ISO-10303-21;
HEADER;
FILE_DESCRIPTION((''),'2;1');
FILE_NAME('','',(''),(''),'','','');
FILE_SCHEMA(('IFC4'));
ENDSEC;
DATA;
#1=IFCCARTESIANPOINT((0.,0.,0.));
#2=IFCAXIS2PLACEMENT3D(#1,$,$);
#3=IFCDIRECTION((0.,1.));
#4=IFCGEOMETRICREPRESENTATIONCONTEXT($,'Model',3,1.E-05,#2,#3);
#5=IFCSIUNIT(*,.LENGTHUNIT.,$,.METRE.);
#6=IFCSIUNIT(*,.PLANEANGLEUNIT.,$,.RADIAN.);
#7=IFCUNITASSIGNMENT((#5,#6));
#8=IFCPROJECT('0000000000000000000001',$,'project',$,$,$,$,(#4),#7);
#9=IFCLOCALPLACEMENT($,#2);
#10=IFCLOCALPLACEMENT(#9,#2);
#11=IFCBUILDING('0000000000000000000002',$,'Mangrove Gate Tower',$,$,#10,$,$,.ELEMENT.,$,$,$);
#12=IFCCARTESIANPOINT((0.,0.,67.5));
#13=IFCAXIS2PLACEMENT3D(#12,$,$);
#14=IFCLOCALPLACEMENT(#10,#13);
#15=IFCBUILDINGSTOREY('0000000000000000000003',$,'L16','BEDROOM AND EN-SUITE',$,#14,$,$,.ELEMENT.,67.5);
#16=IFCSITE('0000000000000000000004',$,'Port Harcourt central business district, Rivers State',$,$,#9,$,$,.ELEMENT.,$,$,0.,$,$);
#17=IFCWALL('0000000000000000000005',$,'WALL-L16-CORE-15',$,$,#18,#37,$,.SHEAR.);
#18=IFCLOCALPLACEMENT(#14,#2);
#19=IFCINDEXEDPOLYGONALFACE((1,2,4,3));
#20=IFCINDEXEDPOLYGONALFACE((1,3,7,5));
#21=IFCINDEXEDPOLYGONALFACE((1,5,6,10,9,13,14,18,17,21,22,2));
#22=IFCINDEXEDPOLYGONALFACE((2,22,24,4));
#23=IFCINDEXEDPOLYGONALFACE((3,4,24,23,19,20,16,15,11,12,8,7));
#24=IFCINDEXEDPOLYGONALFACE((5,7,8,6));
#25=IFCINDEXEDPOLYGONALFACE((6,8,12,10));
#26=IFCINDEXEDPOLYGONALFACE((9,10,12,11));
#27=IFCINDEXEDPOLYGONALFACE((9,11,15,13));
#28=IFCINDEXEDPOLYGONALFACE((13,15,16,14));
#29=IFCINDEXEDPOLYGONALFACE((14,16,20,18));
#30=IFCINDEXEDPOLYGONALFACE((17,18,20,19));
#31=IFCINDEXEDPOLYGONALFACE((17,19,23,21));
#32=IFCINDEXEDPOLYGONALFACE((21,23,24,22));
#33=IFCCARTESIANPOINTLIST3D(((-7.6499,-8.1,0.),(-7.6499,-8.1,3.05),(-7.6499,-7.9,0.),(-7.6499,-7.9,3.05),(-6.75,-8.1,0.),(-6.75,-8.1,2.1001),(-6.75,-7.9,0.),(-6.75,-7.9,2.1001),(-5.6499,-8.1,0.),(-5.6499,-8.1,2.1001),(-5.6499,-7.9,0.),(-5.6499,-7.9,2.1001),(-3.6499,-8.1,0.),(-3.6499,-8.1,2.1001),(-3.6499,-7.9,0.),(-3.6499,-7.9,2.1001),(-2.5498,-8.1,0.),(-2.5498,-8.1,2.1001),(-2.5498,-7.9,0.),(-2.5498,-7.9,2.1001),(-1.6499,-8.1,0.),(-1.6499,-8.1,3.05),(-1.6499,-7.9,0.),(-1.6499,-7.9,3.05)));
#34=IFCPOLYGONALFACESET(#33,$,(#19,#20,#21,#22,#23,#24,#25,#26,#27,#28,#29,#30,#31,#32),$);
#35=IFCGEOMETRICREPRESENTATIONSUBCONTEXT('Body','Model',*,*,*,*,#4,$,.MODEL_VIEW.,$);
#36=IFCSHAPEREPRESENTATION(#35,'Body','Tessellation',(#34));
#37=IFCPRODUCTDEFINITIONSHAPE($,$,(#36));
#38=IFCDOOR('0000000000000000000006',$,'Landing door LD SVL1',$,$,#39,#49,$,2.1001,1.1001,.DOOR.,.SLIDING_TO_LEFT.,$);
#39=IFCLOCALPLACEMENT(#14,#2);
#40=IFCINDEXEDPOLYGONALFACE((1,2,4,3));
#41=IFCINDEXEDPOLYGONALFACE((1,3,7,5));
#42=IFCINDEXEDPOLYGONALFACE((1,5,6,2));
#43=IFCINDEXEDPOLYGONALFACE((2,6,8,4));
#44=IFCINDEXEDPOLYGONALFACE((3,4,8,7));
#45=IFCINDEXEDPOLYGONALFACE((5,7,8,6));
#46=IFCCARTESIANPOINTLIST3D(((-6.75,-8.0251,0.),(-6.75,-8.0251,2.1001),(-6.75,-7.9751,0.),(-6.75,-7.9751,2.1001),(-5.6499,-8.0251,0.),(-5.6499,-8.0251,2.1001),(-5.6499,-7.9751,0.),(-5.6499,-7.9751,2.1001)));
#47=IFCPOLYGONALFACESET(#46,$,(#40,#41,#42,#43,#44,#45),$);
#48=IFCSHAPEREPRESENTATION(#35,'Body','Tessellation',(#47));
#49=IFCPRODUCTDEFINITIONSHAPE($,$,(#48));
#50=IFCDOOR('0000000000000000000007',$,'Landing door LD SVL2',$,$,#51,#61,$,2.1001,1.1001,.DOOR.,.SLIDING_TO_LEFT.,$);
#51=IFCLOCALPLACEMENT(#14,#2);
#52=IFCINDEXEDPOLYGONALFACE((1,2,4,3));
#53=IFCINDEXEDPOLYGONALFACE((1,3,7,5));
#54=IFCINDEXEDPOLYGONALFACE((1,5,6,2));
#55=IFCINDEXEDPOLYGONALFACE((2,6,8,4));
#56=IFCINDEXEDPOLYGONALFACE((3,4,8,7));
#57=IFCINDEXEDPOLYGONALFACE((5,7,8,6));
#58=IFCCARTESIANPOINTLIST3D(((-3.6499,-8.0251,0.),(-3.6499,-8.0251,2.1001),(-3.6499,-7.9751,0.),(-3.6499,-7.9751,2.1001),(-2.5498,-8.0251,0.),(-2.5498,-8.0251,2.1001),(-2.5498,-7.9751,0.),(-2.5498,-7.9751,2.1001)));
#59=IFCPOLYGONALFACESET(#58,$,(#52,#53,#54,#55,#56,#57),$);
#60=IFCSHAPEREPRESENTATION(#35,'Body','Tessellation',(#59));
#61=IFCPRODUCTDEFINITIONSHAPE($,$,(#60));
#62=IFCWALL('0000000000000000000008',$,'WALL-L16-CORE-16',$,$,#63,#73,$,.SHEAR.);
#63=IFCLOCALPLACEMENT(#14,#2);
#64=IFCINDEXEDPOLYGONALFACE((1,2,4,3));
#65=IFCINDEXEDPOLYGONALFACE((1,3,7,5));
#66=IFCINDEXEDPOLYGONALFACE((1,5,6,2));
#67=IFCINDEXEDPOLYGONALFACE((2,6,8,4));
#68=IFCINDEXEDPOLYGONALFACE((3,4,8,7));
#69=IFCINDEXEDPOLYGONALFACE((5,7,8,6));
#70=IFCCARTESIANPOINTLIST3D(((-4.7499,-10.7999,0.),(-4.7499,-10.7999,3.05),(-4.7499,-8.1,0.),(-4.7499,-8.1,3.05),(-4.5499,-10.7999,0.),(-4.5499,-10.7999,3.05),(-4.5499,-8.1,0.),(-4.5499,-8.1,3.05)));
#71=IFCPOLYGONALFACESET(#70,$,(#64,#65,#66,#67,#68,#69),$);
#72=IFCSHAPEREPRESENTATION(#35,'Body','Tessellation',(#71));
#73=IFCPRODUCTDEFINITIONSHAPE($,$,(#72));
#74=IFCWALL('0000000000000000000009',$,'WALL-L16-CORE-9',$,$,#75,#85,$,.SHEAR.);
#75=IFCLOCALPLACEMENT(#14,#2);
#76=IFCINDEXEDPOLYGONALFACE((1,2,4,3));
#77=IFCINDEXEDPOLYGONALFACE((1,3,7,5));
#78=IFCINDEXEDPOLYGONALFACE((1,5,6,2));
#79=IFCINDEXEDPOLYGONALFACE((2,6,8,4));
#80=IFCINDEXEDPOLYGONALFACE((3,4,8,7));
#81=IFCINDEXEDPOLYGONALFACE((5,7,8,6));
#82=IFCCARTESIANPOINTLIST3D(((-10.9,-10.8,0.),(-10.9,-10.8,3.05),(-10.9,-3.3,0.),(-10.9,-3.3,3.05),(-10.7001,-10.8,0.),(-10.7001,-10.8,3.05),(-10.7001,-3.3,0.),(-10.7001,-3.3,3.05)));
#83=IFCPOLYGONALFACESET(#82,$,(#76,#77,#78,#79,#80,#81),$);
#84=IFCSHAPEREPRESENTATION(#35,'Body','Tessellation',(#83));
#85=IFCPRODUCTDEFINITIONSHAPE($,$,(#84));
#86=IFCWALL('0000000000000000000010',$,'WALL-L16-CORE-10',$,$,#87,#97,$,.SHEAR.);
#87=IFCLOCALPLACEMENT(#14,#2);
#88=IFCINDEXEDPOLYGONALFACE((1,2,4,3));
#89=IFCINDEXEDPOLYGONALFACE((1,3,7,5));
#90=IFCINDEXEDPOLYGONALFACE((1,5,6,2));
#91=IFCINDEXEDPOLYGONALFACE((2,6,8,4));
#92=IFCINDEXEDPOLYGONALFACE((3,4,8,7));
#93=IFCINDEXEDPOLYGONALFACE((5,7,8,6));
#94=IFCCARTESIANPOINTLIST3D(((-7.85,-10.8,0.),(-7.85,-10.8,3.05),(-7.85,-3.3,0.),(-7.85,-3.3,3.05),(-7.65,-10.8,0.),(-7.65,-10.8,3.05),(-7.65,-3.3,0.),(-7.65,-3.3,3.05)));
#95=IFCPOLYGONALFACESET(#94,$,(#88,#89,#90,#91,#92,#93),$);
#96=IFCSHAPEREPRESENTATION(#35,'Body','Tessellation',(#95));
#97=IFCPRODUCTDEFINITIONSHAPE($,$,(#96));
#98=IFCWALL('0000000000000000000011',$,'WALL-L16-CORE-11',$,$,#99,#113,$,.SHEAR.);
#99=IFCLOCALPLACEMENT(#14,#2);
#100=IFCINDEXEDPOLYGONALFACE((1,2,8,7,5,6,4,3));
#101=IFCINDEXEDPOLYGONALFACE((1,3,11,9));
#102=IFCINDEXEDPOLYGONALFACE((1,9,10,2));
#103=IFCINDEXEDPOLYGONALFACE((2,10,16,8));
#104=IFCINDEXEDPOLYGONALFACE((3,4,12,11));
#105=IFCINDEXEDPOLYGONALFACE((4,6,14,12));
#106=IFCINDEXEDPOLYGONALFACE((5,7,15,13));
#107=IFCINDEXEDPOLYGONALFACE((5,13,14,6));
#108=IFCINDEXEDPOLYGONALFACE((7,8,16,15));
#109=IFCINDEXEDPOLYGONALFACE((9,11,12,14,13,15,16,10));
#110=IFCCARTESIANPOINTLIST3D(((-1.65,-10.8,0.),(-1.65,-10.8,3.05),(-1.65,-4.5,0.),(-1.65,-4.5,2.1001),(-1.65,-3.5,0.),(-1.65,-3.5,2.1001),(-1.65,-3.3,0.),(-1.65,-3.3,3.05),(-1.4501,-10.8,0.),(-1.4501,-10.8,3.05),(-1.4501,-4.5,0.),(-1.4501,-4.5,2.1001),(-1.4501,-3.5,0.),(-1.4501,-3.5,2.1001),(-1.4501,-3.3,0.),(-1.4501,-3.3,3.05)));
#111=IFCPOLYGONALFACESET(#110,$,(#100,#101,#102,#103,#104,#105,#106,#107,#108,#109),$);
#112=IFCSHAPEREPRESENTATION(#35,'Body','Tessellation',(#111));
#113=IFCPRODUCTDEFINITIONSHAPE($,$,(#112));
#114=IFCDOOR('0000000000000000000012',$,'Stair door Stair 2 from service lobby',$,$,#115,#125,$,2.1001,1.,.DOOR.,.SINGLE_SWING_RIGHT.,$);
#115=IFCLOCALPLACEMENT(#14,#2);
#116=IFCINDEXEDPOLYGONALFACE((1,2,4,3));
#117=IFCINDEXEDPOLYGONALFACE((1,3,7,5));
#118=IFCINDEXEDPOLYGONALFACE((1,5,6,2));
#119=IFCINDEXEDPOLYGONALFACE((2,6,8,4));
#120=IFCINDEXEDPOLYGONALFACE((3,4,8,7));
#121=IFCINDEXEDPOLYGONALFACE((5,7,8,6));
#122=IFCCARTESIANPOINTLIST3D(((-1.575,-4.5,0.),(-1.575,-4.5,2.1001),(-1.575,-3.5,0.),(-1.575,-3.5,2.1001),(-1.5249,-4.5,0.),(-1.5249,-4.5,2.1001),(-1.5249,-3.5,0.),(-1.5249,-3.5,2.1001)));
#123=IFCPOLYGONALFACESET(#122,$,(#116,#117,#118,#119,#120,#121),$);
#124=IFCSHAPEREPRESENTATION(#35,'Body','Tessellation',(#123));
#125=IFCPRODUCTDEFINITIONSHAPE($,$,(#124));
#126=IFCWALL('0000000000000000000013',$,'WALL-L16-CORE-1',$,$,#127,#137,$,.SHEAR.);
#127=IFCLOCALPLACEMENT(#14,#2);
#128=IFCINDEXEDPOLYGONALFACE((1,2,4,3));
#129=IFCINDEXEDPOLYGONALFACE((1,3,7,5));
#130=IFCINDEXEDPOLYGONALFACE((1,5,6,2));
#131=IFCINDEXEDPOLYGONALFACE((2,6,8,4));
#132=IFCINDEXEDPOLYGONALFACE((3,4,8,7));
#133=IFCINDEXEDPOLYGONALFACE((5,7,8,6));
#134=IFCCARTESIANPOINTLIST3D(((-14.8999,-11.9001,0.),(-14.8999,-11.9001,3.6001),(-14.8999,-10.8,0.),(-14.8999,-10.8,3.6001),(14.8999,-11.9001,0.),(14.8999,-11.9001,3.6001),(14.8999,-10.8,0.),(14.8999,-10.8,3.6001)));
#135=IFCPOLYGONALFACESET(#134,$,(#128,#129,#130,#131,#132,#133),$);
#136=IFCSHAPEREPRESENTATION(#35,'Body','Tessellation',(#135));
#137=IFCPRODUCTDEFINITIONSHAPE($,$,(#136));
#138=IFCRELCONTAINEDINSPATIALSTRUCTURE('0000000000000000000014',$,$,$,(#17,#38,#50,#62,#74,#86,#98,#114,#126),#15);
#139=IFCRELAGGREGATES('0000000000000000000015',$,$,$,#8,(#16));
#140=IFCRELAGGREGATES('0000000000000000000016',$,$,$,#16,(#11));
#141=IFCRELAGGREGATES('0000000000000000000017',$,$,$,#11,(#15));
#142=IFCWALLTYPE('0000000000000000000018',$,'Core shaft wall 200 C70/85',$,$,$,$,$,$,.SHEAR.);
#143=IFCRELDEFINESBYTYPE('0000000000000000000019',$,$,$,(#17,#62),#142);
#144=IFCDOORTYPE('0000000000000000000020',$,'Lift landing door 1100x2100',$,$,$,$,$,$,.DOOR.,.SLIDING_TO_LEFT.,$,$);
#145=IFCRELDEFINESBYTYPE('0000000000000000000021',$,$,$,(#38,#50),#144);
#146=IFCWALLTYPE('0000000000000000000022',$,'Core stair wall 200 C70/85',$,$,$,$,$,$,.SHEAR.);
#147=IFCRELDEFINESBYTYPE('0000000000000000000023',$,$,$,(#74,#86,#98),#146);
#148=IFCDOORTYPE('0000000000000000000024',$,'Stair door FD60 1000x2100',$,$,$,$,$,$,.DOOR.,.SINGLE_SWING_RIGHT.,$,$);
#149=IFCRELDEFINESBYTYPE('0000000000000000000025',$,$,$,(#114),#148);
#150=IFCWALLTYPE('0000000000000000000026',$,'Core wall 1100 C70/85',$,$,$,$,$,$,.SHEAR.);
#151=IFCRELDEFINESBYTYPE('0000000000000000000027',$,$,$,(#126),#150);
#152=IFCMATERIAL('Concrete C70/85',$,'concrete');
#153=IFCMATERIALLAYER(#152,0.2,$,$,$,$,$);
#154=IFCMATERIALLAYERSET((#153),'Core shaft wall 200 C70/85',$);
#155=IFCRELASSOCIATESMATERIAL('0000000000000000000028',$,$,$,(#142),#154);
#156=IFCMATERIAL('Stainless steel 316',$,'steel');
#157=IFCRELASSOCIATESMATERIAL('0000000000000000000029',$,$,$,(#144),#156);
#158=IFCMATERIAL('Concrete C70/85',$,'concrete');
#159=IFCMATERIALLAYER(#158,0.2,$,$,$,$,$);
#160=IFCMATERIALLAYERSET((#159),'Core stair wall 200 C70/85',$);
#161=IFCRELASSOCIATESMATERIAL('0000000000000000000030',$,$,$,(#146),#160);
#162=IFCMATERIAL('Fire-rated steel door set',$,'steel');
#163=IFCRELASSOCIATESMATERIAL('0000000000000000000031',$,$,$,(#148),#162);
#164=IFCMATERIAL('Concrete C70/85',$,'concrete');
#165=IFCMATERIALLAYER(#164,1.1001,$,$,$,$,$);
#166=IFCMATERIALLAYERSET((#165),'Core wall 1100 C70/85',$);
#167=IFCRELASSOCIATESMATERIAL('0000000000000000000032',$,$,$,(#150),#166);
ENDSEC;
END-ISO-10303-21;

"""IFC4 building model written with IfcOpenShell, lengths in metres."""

from ifc_helpers import new_model, si_unit, direction, frame, frame_2d, origin, place, context, subcontext, project, spatial, rectangle, extrude, material, layer, layer_set, type_object, element, fill, save


model = new_model("IFC4")

# Units and contexts
model_context = context("Model", 3, precision=1e-05, world=origin(), true_north=direction((0.0, 1.0)))
body_context = subcontext(model_context, "Body", "Model", "MODEL_VIEW")
ifc_project = project(units=[si_unit("LENGTHUNIT", "METRE"), si_unit("PLANEANGLEUNIT", "RADIAN")], contexts=[model_context])

# Site, building, storey
site_placement = place(None, origin())
site = spatial("IfcSite", under=ifc_project, at=site_placement, Name="Port Harcourt central business district, Rivers State", CompositionType="ELEMENT", RefElevation=0.0)
building_placement = place(site_placement, origin())
building = spatial("IfcBuilding", under=site, at=building_placement, Name="Mangrove Gate Tower", CompositionType="ELEMENT")
storey_placement = place(building_placement, frame((0.0, 0.0, 67.5)))
storey = spatial("IfcBuildingStorey", under=building, at=storey_placement, Name="L16", Description="BEDROOM AND EN-SUITE", CompositionType="ELEMENT", Elevation=67.5)

# Wall, openings, doors
ifc_material_1 = material(Name="Concrete C70/85", Category="concrete")
ifc_layer_1 = layer(ifc_material_1, 0.2)
ifc_layer_set_1 = layer_set([ifc_layer_1], Name="Core shaft wall 200 C70/85")
wall_type_1 = type_object("IfcWallType", Name="Core shaft wall 200 C70/85", PredefinedType="SHEAR", material=ifc_layer_set_1)
wall_1_placement = place(storey_placement, frame((-7.6499, -8.0, 0.0), z_axis=(0.0, 0.0, 1.0), x_axis=(1.0, 0.0, 0.0)))
wall_1 = element("IfcWall", 1, at=wall_1_placement, inside=storey, type_object=wall_type_1, Name="WALL-L16-CORE-15", PredefinedType="SHEAR", context=body_context, shape_type="SweptSolid", body=[
    extrude(rectangle(XDim=6.0, YDim=0.2, at=frame_2d((3.0, 0.0))), origin(), (0.0, 0.0, 1.0), 3.05),
])
opening_1_placement = place(wall_1_placement, frame((0.8999, 0.0, 0.0)))
opening_1 = element("IfcOpeningElement", 2, at=opening_1_placement, cuts=wall_1, PredefinedType="OPENING", context=body_context, shape_type="SweptSolid", body=[
    extrude(rectangle(XDim=1.1001, YDim=2.1001, at=frame_2d((0.55, 1.05))), frame((0.0, 0.1099, 0.0), z_axis=(0.0, -1.0, 0.0), x_axis=(1.0, 0.0, 0.0)), (0.0, 0.0, 1.0), 0.22),
])
opening_2_placement = place(wall_1_placement, frame((4.0, 0.0, 0.0)))
opening_2 = element("IfcOpeningElement", 3, at=opening_2_placement, cuts=wall_1, PredefinedType="OPENING", context=body_context, shape_type="SweptSolid", body=[
    extrude(rectangle(XDim=1.1001, YDim=2.1001, at=frame_2d((0.55, 1.05))), frame((0.0, 0.1099, 0.0), z_axis=(0.0, -1.0, 0.0), x_axis=(1.0, 0.0, 0.0)), (0.0, 0.0, 1.0), 0.22),
])
ifc_material_2 = material(Name="Stainless steel 316", Category="steel")
door_type_1 = type_object("IfcDoorType", Name="Lift landing door 1100x2100", OperationType="SLIDING_TO_LEFT", PredefinedType="DOOR", material=ifc_material_2)
door_1_placement = place(opening_1_placement, origin())
door_1 = element("IfcDoor", 4, at=door_1_placement, inside=storey, type_object=door_type_1, Name="Landing door LD SVL1", OperationType="SLIDING_TO_LEFT", OverallHeight=2.1001, OverallWidth=1.1001, PredefinedType="DOOR", context=body_context, shape_type="SweptSolid", body=[
    extrude(rectangle(XDim=1.1001, YDim=2.1001, at=frame_2d((0.55, 1.05))), frame((0.0, 0.0249, 0.0), z_axis=(0.0, -1.0, 0.0), x_axis=(1.0, 0.0, 0.0)), (0.0, 0.0, 1.0), 0.05),
])
fill(opening_1, door_1)
door_2_placement = place(opening_2_placement, origin())
door_2 = element("IfcDoor", 5, at=door_2_placement, inside=storey, type_object=door_type_1, Name="Landing door LD SVL2", OperationType="SLIDING_TO_LEFT", OverallHeight=2.1001, OverallWidth=1.1001, PredefinedType="DOOR", context=body_context, shape_type="SweptSolid", body=[
    extrude(rectangle(XDim=1.1001, YDim=2.1001, at=frame_2d((0.55, 1.05))), frame((0.0, 0.0249, 0.0), z_axis=(0.0, -1.0, 0.0), x_axis=(1.0, 0.0, 0.0)), (0.0, 0.0, 1.0), 0.05),
])
fill(opening_2, door_2)

# Walls
wall_2_placement = place(storey_placement, frame((-4.6499, -10.8, 0.0), z_axis=(0.0, 0.0, 1.0), x_axis=(0.0, 1.0, 0.0)))
element("IfcWall", 6, at=wall_2_placement, inside=storey, type_object=wall_type_1, Name="WALL-L16-CORE-16", PredefinedType="SHEAR", context=body_context, shape_type="SweptSolid", body=[
    extrude(rectangle(XDim=2.7, YDim=0.2, at=frame_2d((1.3501, 0.0))), origin(), (0.0, 0.0, 1.0), 3.05),
])
ifc_material_3 = material(Name="Concrete C70/85", Category="concrete")
ifc_layer_2 = layer(ifc_material_3, 0.2)
ifc_layer_set_2 = layer_set([ifc_layer_2], Name="Core stair wall 200 C70/85")
wall_type_2 = type_object("IfcWallType", Name="Core stair wall 200 C70/85", PredefinedType="SHEAR", material=ifc_layer_set_2)
for number, where, z_axis, x_axis, name in (
    (7, (-10.8, -10.8, 0.0), (0.0, 0.0, 1.0), (0.0, 1.0, 0.0), "WALL-L16-CORE-9"),
    (8, (-7.75, -10.8, 0.0), (0.0, 0.0, 1.0), (0.0, 1.0, 0.0), "WALL-L16-CORE-10"),
):
    element("IfcWall", number, at=place(storey_placement, frame(where, z_axis=z_axis, x_axis=x_axis)), inside=storey, type_object=wall_type_2, Name=name, PredefinedType="SHEAR", context=body_context, shape_type="SweptSolid", body=[
        extrude(rectangle(XDim=7.5, YDim=0.2, at=frame_2d((3.75, 0.0))), origin(), (0.0, 0.0, 1.0), 3.05),
    ])

# Wall, opening, door
wall_3_placement = place(storey_placement, frame((-1.55, -10.8, 0.0), z_axis=(0.0, 0.0, 1.0), x_axis=(0.0, 1.0, 0.0)))
wall_3 = element("IfcWall", 9, at=wall_3_placement, inside=storey, type_object=wall_type_2, Name="WALL-L16-CORE-11", PredefinedType="SHEAR", context=body_context, shape_type="SweptSolid", body=[
    extrude(rectangle(XDim=7.5, YDim=0.2, at=frame_2d((3.75, 0.0))), origin(), (0.0, 0.0, 1.0), 3.05),
])
opening_3_placement = place(wall_3_placement, frame((6.3, 0.0, 0.0)))
opening_3 = element("IfcOpeningElement", 10, at=opening_3_placement, cuts=wall_3, PredefinedType="OPENING", context=body_context, shape_type="SweptSolid", body=[
    extrude(rectangle(XDim=1.0, YDim=2.1001, at=frame_2d((0.5, 1.05))), frame((0.0, 0.1099, 0.0), z_axis=(0.0, -1.0, 0.0), x_axis=(1.0, 0.0, 0.0)), (0.0, 0.0, 1.0), 0.22),
])
ifc_material_4 = material(Name="Fire-rated steel door set", Category="steel")
door_type_2 = type_object("IfcDoorType", Name="Stair door FD60 1000x2100", OperationType="SINGLE_SWING_RIGHT", PredefinedType="DOOR", material=ifc_material_4)
door_3_placement = place(opening_3_placement, origin())
door_3 = element("IfcDoor", 11, at=door_3_placement, inside=storey, type_object=door_type_2, Name="Stair door Stair 2 from service lobby", OperationType="SINGLE_SWING_RIGHT", OverallHeight=2.1001, OverallWidth=1.0, PredefinedType="DOOR", context=body_context, shape_type="SweptSolid", body=[
    extrude(rectangle(XDim=1.0, YDim=2.1001, at=frame_2d((0.5, 1.05))), frame((0.0, 0.0249, 0.0), z_axis=(0.0, -1.0, 0.0), x_axis=(1.0, 0.0, 0.0)), (0.0, 0.0, 1.0), 0.05),
])
fill(opening_3, door_3)

# Wall
ifc_material_5 = material(Name="Concrete C70/85", Category="concrete")
ifc_layer_3 = layer(ifc_material_5, 1.1001)
ifc_layer_set_3 = layer_set([ifc_layer_3], Name="Core wall 1100 C70/85")
wall_type_3 = type_object("IfcWallType", Name="Core wall 1100 C70/85", PredefinedType="SHEAR", material=ifc_layer_set_3)
wall_4_placement = place(storey_placement, frame((-14.8999, -11.3501, 0.0), z_axis=(0.0, 0.0, 1.0), x_axis=(1.0, 0.0, 0.0)))
element("IfcWall", 12, at=wall_4_placement, inside=storey, type_object=wall_type_3, Name="WALL-L16-CORE-1", PredefinedType="SHEAR", context=body_context, shape_type="SweptSolid", body=[
    extrude(rectangle(XDim=29.7998, YDim=1.1001, at=frame_2d((14.8999, 0.0))), origin(), (0.0, 0.0, 1.0), 3.6001),
])

save(model, "model.ifc")
